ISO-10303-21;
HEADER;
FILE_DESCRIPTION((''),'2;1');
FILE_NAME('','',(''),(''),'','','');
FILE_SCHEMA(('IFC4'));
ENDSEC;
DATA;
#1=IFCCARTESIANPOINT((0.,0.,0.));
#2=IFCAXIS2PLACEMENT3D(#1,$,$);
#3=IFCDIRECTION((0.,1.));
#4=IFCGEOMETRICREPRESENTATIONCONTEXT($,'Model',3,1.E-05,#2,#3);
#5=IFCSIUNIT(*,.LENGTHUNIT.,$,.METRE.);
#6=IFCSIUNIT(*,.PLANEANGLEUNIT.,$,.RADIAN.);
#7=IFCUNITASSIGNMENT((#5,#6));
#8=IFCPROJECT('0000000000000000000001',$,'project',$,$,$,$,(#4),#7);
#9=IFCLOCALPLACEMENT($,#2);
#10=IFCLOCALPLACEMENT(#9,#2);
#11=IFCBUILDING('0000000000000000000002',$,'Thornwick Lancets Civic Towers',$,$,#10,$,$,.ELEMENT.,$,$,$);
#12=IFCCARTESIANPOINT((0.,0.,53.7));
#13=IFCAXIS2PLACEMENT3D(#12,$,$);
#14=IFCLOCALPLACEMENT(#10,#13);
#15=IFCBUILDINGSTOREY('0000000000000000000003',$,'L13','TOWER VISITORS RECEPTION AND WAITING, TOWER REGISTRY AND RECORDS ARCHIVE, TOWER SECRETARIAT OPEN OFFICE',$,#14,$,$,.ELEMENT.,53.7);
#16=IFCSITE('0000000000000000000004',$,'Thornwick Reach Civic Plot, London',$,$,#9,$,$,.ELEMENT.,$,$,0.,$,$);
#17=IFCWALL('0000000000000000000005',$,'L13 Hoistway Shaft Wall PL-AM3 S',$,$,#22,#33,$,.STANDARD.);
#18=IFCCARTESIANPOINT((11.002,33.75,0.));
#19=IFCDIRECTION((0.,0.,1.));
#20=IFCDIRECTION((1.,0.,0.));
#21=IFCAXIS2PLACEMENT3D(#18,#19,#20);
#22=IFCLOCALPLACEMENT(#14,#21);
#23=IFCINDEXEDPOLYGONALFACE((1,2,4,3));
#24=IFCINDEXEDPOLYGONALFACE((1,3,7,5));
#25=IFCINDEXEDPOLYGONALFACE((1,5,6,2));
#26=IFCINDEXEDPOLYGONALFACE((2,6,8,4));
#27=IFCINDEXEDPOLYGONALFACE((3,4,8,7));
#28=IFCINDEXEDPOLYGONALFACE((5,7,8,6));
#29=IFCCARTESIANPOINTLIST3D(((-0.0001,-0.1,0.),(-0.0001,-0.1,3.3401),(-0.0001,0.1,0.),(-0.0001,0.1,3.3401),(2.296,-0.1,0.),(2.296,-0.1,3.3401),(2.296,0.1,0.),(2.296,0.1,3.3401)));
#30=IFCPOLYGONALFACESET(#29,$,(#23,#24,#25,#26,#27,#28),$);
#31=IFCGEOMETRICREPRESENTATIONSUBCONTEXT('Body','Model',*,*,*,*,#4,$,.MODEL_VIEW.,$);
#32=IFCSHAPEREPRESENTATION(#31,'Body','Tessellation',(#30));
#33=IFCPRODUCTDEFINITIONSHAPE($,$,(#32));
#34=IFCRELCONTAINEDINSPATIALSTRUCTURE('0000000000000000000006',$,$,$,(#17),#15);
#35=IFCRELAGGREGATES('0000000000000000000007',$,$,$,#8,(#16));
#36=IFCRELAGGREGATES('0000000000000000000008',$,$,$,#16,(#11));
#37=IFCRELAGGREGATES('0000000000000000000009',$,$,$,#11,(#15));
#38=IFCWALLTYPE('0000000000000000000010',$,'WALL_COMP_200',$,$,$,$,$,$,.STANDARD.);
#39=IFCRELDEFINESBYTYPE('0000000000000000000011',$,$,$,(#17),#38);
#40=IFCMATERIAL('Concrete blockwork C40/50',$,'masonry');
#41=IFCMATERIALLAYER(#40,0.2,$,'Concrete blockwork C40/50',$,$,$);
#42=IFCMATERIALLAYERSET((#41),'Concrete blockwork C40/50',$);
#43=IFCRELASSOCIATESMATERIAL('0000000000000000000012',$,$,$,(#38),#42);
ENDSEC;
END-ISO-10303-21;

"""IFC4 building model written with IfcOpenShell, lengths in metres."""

from ifc_helpers import new_model, si_unit, direction, frame, frame_2d, origin, place, context, subcontext, project, spatial, rectangle, extrude, material, layer, layer_set, type_object, element, save


model = new_model("IFC4")

# Units and contexts
model_context = context("Model", 3, precision=1e-05, world=origin(), true_north=direction((0.0, 1.0)))
body_context = subcontext(model_context, "Body", "Model", "MODEL_VIEW")
ifc_project = project(units=[si_unit("LENGTHUNIT", "METRE"), si_unit("PLANEANGLEUNIT", "RADIAN")], contexts=[model_context])

# Site, building, storey
site_placement = place(None, origin())
site = spatial("IfcSite", under=ifc_project, at=site_placement, Name="Thornwick Reach Civic Plot, London", CompositionType="ELEMENT", RefElevation=0.0)
building_placement = place(site_placement, origin())
building = spatial("IfcBuilding", under=site, at=building_placement, Name="Thornwick Lancets Civic Towers", CompositionType="ELEMENT")
storey_placement = place(building_placement, frame((0.0, 0.0, 53.7)))
storey = spatial("IfcBuildingStorey", under=building, at=storey_placement, Name="L13", Description="TOWER VISITORS RECEPTION AND WAITING, TOWER REGISTRY AND RECORDS ARCHIVE, TOWER SECRETARIAT OPEN OFFICE", CompositionType="ELEMENT", Elevation=53.7)

# Wall
ifc_material_1 = material(Name="Concrete blockwork C40/50", Category="masonry")
ifc_layer_1 = layer(ifc_material_1, 0.2, Name="Concrete blockwork C40/50")
ifc_layer_set_1 = layer_set([ifc_layer_1], Name="Concrete blockwork C40/50")
wall_type_1 = type_object("IfcWallType", Name="WALL_COMP_200", PredefinedType="STANDARD", material=ifc_layer_set_1)
wall_1_placement = place(storey_placement, frame((11.002, 33.75, 0.0), z_axis=(0.0, 0.0, 1.0), x_axis=(1.0, 0.0, 0.0)))
element("IfcWall", 1, at=wall_1_placement, inside=storey, type_object=wall_type_1, Name="L13 Hoistway Shaft Wall PL-AM3 S", PredefinedType="STANDARD", context=body_context, shape_type="SweptSolid", body=[
    extrude(rectangle(XDim=2.2961, YDim=0.2, at=frame_2d((1.1479, 0.0))), origin(), (0.0, 0.0, 1.0), 3.3401),
])

save(model, "model.ifc")
